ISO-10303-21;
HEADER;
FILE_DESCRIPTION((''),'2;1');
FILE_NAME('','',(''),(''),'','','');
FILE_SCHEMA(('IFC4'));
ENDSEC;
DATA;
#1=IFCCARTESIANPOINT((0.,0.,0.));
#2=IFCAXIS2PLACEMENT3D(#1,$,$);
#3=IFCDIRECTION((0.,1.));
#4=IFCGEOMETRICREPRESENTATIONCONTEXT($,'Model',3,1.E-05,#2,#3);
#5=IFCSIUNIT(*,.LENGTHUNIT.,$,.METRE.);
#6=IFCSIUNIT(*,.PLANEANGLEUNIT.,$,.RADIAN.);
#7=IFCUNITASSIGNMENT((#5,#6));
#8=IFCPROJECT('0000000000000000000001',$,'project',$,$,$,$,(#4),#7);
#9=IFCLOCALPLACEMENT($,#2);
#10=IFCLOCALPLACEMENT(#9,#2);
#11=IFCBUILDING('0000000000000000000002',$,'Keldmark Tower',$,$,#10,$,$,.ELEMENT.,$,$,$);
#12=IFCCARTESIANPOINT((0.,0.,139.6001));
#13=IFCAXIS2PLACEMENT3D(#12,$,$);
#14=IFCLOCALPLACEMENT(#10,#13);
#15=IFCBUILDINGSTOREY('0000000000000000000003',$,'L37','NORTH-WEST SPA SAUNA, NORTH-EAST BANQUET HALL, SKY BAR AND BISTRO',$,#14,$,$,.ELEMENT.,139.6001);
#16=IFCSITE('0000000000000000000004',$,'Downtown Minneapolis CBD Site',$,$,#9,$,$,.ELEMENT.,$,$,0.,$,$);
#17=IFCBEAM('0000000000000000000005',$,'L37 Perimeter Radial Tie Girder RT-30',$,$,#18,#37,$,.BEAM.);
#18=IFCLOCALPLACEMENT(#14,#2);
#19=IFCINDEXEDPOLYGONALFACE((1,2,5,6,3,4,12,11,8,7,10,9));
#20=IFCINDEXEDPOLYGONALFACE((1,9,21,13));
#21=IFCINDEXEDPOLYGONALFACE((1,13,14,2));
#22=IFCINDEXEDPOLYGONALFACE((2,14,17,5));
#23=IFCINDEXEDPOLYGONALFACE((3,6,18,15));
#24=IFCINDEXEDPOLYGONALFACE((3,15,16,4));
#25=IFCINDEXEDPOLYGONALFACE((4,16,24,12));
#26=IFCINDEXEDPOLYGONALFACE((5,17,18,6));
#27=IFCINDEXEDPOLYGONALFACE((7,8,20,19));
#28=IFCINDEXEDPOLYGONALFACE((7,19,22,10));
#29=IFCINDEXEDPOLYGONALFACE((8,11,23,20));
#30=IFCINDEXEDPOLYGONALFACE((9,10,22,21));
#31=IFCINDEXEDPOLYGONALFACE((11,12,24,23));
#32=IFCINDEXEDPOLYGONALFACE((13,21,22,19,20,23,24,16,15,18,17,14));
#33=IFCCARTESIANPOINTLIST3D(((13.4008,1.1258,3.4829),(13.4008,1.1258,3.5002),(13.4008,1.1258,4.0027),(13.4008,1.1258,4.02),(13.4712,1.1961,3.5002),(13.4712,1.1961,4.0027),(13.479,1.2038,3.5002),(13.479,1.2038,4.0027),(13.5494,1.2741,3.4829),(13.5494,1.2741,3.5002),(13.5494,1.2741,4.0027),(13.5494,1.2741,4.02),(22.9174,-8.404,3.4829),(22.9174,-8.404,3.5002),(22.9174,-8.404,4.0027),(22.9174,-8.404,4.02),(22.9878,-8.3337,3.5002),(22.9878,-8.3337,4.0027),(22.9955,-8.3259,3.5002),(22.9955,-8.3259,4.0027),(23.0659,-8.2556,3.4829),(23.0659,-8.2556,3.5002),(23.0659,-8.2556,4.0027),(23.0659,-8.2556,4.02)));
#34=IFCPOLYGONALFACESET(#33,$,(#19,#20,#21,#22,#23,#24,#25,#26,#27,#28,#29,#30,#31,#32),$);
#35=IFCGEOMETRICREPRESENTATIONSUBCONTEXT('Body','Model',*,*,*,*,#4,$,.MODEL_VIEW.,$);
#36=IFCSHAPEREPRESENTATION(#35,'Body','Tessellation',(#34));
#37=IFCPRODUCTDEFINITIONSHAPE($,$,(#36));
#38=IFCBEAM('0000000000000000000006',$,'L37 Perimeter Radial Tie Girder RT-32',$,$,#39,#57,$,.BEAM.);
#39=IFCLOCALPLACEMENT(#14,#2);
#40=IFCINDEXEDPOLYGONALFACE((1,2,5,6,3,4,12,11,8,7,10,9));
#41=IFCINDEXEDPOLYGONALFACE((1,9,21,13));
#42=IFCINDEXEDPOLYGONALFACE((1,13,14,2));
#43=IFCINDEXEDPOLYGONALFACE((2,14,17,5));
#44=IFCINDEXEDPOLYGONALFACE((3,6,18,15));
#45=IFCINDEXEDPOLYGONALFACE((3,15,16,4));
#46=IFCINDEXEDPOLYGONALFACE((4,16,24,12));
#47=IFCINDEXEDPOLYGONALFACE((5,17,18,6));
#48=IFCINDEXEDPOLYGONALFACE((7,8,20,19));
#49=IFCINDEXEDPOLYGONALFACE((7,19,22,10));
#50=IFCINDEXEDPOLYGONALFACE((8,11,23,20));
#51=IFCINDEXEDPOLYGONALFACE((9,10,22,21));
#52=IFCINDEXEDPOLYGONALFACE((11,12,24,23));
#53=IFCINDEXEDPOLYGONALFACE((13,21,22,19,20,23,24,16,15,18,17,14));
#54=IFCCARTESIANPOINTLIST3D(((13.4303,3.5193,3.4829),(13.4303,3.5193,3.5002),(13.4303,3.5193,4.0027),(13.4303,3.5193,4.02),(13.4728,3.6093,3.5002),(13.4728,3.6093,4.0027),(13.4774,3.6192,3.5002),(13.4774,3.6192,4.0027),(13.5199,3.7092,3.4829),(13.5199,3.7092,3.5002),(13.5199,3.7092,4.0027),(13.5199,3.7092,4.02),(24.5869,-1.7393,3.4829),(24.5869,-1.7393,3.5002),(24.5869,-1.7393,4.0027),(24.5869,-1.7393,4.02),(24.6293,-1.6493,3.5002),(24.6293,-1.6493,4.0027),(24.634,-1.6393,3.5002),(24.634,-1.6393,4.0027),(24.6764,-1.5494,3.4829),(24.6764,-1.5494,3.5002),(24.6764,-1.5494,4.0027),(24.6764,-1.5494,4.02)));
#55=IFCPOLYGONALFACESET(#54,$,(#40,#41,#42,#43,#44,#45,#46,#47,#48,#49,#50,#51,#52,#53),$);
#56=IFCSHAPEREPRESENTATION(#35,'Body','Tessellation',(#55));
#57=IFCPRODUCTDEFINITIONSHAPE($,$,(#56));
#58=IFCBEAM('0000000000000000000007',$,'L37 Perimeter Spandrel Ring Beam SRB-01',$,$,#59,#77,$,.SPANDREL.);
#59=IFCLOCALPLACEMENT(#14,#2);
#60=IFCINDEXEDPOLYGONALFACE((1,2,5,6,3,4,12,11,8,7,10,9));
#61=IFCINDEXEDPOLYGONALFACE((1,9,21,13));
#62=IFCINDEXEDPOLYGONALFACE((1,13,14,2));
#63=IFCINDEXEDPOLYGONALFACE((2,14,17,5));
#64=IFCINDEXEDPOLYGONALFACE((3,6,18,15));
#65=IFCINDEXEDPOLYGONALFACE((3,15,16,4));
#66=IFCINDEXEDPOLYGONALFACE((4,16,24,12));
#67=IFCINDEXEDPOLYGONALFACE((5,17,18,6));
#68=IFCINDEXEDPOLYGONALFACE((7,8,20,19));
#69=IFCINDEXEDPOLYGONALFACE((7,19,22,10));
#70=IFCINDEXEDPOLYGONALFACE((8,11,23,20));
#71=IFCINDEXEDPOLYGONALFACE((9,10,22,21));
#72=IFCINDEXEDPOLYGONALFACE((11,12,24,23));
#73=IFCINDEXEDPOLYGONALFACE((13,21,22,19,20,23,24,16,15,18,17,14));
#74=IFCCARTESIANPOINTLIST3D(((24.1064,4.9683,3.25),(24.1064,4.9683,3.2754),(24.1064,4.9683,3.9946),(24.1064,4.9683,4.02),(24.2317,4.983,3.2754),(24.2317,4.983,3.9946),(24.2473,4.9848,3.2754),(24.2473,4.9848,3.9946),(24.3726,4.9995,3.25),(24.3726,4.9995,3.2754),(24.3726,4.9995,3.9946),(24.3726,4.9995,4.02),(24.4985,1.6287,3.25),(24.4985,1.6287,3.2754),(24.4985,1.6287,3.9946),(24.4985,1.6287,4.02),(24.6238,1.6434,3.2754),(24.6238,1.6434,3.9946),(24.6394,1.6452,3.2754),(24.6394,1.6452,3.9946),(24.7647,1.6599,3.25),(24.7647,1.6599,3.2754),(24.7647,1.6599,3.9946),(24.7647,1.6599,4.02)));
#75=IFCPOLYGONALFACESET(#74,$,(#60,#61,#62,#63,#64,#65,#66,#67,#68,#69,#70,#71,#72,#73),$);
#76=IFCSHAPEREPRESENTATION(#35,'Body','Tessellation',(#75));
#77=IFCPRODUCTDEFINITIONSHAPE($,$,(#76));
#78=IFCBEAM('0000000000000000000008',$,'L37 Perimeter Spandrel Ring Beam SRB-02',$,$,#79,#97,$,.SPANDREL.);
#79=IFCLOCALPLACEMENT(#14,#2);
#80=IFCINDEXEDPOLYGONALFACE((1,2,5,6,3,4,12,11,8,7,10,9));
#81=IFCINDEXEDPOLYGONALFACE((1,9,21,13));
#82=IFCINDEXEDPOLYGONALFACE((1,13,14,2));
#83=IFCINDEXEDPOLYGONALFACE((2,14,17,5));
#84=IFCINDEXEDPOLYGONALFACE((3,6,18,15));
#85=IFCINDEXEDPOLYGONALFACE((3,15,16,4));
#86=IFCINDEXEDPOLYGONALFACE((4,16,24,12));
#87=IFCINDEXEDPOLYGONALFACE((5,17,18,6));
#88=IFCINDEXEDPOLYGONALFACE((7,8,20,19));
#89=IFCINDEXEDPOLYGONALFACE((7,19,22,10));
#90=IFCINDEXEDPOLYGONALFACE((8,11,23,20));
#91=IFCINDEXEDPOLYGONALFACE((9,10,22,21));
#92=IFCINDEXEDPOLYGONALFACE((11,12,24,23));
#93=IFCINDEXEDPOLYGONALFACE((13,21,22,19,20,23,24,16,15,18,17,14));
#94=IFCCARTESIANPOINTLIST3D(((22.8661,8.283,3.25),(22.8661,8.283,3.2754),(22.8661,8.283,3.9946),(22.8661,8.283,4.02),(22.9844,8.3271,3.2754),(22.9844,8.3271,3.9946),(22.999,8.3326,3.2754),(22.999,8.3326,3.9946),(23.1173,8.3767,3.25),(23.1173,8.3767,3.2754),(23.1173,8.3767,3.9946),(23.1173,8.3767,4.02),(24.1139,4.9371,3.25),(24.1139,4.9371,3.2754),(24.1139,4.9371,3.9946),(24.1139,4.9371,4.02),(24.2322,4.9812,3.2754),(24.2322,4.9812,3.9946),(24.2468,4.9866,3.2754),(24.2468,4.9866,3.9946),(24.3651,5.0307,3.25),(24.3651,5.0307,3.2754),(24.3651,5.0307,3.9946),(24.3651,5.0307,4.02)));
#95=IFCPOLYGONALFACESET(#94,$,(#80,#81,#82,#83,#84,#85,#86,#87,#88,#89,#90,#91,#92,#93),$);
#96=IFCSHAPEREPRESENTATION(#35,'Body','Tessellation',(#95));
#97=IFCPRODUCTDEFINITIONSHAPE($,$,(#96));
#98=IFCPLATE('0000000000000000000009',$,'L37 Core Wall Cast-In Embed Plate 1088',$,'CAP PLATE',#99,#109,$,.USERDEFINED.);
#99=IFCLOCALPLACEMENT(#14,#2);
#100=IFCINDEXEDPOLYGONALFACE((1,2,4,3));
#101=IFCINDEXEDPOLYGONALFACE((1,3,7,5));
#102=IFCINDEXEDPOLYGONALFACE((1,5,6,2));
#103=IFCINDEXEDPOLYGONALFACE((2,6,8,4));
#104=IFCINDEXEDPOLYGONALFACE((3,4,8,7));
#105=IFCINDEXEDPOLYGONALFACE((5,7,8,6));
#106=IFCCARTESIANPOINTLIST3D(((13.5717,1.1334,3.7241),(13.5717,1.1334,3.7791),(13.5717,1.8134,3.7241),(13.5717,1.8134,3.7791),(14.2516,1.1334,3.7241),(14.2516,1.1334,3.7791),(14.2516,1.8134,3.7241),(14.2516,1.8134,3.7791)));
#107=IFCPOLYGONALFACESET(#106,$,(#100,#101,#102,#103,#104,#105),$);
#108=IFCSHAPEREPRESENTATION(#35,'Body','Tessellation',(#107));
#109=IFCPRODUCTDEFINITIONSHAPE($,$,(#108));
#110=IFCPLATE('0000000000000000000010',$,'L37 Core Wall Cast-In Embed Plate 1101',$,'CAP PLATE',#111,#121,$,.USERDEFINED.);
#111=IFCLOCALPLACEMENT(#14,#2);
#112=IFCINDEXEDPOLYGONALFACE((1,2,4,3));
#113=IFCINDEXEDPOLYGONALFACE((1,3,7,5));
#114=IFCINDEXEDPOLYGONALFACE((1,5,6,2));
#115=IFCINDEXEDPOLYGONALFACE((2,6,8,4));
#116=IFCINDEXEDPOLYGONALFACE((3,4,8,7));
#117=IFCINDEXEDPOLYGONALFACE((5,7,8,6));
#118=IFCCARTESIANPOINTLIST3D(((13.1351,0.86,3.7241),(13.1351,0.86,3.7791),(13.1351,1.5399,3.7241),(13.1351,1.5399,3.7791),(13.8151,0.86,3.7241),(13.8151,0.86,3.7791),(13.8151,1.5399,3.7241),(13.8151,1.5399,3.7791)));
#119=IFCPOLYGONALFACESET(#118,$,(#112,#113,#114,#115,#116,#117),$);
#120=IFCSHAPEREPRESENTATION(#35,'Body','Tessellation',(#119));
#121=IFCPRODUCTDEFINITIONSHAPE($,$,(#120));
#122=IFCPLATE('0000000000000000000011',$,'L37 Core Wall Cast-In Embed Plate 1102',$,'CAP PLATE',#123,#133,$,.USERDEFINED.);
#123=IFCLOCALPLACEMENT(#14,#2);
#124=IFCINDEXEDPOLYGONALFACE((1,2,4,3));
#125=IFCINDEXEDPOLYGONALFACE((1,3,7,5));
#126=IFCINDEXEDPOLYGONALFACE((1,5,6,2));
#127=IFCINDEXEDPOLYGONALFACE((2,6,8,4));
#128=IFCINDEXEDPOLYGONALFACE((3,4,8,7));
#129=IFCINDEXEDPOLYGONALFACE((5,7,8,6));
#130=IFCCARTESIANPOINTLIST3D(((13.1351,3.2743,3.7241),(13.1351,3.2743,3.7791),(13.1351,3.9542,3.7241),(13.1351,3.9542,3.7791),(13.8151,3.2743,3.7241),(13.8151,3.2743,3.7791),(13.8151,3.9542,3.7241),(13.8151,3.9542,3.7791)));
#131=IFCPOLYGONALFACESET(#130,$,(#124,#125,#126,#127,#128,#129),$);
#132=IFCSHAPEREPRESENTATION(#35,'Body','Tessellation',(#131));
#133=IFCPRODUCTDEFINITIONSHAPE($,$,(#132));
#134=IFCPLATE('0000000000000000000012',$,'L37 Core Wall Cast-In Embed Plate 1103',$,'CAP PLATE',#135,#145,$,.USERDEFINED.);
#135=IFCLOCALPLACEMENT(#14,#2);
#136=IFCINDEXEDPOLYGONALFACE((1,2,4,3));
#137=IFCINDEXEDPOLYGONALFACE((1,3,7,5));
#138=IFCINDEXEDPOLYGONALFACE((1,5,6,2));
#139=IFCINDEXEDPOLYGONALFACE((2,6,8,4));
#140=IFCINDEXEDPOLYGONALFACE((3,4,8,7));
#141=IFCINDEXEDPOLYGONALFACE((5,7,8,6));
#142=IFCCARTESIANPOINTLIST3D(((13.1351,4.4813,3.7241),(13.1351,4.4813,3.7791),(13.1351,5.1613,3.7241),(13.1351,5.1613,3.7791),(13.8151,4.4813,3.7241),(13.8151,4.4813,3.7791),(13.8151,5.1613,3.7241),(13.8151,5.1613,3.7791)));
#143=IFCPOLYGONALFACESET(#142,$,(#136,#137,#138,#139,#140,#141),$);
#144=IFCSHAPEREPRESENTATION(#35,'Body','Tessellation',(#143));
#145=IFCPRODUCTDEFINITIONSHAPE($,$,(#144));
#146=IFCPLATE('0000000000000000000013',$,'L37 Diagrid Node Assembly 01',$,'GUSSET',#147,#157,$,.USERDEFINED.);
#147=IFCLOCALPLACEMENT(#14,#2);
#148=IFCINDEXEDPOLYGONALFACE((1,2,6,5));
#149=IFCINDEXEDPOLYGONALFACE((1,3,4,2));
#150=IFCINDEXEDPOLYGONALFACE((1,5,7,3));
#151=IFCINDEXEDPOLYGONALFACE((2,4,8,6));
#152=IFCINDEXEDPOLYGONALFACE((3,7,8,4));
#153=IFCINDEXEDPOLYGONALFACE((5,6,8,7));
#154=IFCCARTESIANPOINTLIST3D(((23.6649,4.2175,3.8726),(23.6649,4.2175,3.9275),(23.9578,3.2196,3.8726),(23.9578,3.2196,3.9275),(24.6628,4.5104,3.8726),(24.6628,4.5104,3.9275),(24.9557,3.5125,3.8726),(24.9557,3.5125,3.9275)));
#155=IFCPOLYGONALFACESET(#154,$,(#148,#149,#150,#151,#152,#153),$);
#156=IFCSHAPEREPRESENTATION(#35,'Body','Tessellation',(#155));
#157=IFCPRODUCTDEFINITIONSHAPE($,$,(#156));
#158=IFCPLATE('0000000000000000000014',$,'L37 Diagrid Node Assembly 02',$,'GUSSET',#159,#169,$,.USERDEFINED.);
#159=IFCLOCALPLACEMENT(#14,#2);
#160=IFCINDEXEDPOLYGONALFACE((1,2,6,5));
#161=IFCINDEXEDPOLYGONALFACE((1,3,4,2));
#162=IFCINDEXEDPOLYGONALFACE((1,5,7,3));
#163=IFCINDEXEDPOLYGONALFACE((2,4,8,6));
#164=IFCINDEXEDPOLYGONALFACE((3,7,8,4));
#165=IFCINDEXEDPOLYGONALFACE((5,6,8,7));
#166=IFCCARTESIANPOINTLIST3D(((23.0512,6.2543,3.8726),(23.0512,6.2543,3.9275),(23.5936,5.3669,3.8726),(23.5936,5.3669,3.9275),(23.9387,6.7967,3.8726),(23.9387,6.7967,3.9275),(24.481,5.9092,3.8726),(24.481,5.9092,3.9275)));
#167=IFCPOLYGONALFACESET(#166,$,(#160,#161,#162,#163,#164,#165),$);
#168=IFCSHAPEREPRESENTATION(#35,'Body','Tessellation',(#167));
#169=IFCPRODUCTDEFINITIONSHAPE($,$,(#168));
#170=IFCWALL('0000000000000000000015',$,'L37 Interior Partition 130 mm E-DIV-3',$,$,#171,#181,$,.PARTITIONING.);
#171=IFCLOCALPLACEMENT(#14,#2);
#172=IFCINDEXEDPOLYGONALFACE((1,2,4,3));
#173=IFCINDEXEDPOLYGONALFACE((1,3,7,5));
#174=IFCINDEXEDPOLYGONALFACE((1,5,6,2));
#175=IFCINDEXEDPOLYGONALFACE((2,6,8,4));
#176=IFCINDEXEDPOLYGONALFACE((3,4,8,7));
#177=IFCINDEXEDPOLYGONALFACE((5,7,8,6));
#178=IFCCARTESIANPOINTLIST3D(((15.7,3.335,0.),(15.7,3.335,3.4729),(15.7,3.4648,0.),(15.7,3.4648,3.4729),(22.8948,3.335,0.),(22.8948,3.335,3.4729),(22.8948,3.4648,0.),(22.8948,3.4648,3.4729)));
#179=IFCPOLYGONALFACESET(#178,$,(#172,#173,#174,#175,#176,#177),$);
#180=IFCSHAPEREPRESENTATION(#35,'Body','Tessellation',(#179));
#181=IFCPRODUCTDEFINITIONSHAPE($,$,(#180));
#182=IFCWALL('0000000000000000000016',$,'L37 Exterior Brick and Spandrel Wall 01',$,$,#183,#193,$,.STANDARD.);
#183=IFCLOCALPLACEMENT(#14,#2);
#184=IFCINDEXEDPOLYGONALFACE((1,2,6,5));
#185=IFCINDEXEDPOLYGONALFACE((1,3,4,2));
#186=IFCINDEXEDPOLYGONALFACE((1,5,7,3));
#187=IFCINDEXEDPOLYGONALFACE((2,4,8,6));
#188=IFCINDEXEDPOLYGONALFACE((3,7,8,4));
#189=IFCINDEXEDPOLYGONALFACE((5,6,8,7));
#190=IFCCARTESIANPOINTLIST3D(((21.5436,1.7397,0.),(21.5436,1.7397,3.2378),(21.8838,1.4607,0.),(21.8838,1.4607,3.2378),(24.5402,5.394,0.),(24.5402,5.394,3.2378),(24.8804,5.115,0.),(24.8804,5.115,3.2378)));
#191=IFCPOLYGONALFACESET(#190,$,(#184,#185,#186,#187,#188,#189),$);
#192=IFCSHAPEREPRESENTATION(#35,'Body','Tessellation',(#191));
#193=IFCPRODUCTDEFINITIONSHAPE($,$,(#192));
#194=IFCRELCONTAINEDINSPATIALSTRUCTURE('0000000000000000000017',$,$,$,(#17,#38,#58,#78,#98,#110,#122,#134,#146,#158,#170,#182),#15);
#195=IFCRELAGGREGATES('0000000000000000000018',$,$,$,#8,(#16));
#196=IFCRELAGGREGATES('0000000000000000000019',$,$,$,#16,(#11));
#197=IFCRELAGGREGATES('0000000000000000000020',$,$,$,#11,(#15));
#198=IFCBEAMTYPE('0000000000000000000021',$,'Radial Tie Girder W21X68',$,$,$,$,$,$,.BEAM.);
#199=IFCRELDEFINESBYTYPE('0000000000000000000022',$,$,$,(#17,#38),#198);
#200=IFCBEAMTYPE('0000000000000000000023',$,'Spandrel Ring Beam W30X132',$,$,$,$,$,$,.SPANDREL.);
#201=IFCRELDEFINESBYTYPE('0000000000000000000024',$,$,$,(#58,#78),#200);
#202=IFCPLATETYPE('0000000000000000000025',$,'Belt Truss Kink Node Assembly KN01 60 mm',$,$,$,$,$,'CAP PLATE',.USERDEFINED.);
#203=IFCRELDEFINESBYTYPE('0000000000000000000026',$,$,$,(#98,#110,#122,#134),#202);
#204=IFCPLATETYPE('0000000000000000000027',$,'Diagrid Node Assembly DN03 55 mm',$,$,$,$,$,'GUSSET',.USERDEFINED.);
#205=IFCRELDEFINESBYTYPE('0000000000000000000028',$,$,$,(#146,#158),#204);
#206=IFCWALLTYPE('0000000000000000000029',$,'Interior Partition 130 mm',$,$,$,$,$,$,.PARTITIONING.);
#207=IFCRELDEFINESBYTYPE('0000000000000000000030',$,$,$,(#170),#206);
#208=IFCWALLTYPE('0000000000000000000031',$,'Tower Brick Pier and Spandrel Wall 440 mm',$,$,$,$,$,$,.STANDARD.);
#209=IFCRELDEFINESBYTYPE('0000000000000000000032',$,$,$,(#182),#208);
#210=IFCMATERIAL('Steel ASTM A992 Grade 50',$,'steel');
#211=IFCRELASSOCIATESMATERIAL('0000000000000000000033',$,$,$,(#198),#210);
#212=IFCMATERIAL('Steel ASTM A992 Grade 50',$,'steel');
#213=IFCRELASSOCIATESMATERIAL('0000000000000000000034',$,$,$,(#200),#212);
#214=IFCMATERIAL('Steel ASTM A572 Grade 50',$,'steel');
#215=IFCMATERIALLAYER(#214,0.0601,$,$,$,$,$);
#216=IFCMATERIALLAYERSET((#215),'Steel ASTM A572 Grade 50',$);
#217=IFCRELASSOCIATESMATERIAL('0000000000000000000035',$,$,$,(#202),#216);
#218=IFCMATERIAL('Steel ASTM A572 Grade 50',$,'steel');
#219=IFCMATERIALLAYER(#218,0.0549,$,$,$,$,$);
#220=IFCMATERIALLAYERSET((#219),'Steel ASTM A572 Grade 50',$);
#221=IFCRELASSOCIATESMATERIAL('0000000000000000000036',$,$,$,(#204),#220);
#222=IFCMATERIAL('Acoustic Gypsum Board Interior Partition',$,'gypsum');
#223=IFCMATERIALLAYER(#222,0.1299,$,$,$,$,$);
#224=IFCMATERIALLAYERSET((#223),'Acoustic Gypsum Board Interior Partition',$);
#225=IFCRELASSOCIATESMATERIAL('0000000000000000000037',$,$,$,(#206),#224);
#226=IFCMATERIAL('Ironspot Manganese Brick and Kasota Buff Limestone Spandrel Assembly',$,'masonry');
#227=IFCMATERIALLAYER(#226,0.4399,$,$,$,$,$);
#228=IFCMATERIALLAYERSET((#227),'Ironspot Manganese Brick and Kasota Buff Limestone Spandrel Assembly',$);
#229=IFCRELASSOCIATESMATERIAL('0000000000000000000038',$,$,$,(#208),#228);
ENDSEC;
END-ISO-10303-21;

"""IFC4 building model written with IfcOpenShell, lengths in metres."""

from ifc_helpers import new_model, si_unit, direction, frame, frame_2d, origin, origin_2d, place, context, subcontext, project, spatial, rectangle, i_section, extrude, material, layer, layer_set, material_profile, profile_set, type_object, element, save


model = new_model("IFC4")

# Units and contexts
model_context = context("Model", 3, precision=1e-05, world=origin(), true_north=direction((0.0, 1.0)))
body_context = subcontext(model_context, "Body", "Model", "MODEL_VIEW")
ifc_project = project(units=[si_unit("LENGTHUNIT", "METRE"), si_unit("PLANEANGLEUNIT", "RADIAN")], contexts=[model_context])

# Site, building, storey
site_placement = place(None, origin())
site = spatial("IfcSite", under=ifc_project, at=site_placement, Name="Downtown Minneapolis CBD Site", CompositionType="ELEMENT", RefElevation=0.0)
building_placement = place(site_placement, origin())
building = spatial("IfcBuilding", under=site, at=building_placement, Name="Keldmark Tower", CompositionType="ELEMENT")
storey_placement = place(building_placement, frame((0.0, 0.0, 139.6001)))
storey = spatial("IfcBuildingStorey", under=building, at=storey_placement, Name="L37", Description="NORTH-WEST SPA SAUNA, NORTH-EAST BANQUET HALL, SKY BAR AND BISTRO", CompositionType="ELEMENT", Elevation=139.6001)

# Beams
ifc_material_1 = material(Name="Steel ASTM A992 Grade 50", Category="steel")
ifc_material_profile_1 = material_profile(ifc_material_1, i_section(OverallWidth=0.21, OverallDepth=0.5371, WebThickness=0.011, FlangeThickness=0.0173, at=origin_2d()), Name="W21X68")
ifc_profile_set_1 = profile_set([ifc_material_profile_1], Name="Steel ASTM A992 Grade 50")
beam_type_1 = type_object("IfcBeamType", Name="Radial Tie Girder W21X68", PredefinedType="BEAM", material=ifc_profile_set_1)
beam_1_placement = place(storey_placement, frame((13.4751, 1.2, 3.7515), z_axis=(0.706617, -0.707596, 0.0), x_axis=(0.707596, 0.706617, 0.0)))
element("IfcBeam", 1, at=beam_1_placement, inside=storey, type_object=beam_type_1, Name="L37 Perimeter Radial Tie Girder RT-30", PredefinedType="BEAM", context=body_context, shape_type="SweptSolid", body=[
    extrude(i_section(OverallWidth=0.21, OverallDepth=0.5371, WebThickness=0.011, FlangeThickness=0.0173, at=origin_2d()), origin(), (0.0, 0.0, 1.0), 13.4678),
])
beam_2_placement = place(storey_placement, frame((13.4751, 3.6143, 3.7515), z_axis=(0.904555, -0.426357, 0.0), x_axis=(0.426357, 0.904555, 0.0)))
element("IfcBeam", 2, at=beam_2_placement, inside=storey, type_object=beam_type_1, Name="L37 Perimeter Radial Tie Girder RT-32", PredefinedType="BEAM", context=body_context, shape_type="SweptSolid", body=[
    extrude(i_section(OverallWidth=0.21, OverallDepth=0.5371, WebThickness=0.011, FlangeThickness=0.0173, at=origin_2d()), origin(), (0.0, 0.0, 1.0), 12.3337),
])
ifc_material_2 = material(Name="Steel ASTM A992 Grade 50", Category="steel")
ifc_material_profile_2 = material_profile(ifc_material_2, i_section(OverallWidth=0.2681, OverallDepth=0.77, WebThickness=0.0156, FlangeThickness=0.0254, at=origin_2d()), Name="W30X132")
ifc_profile_set_2 = profile_set([ifc_material_profile_2], Name="Steel ASTM A992 Grade 50")
beam_type_2 = type_object("IfcBeamType", Name="Spandrel Ring Beam W30X132", PredefinedType="SPANDREL", material=ifc_profile_set_2)
beam_3_placement = place(storey_placement, frame((24.6316, 1.6443, 3.635), z_axis=(-0.116605, 0.993178, 0.0), x_axis=(-0.993178, -0.116605, 0.0)))
element("IfcBeam", 3, at=beam_3_placement, inside=storey, type_object=beam_type_2, Name="L37 Perimeter Spandrel Ring Beam SRB-01", PredefinedType="SPANDREL", context=body_context, shape_type="SweptSolid", body=[
    extrude(i_section(OverallWidth=0.2681, OverallDepth=0.77, WebThickness=0.0156, FlangeThickness=0.0254, at=origin_2d()), origin(), (0.0, 0.0, 1.0), 3.3625),
])
beam_4_placement = place(storey_placement, frame((24.2395, 4.9839, 3.635), z_axis=(-0.349422, 0.936965, 0.0), x_axis=(-0.936965, -0.349422, 0.0)))
element("IfcBeam", 4, at=beam_4_placement, inside=storey, type_object=beam_type_2, Name="L37 Perimeter Spandrel Ring Beam SRB-02", PredefinedType="SPANDREL", context=body_context, shape_type="SweptSolid", body=[
    extrude(i_section(OverallWidth=0.2681, OverallDepth=0.77, WebThickness=0.0156, FlangeThickness=0.0254, at=origin_2d()), origin(), (0.0, 0.0, 1.0), 3.571),
])

# Plates
ifc_material_3 = material(Name="Steel ASTM A572 Grade 50", Category="steel")
ifc_layer_1 = layer(ifc_material_3, 0.0601)
ifc_layer_set_1 = layer_set([ifc_layer_1], Name="Steel ASTM A572 Grade 50")
plate_type_1 = type_object("IfcPlateType", Name="Belt Truss Kink Node Assembly KN01 60 mm", ElementType="CAP PLATE", PredefinedType="USERDEFINED", material=ifc_layer_set_1)
for number, where, z_axis, x_axis, name in (
    (5, (13.9116, 1.4734, 3.7241), (0.0, 0.0, 1.0), (1.0, 0.0, 0.0), "L37 Core Wall Cast-In Embed Plate 1088"),
    (6, (13.4751, 1.2, 3.7241), (0.0, 0.0, 1.0), (1.0, 0.0, 0.0), "L37 Core Wall Cast-In Embed Plate 1101"),
    (7, (13.4751, 3.6143, 3.7241), (0.0, 0.0, 1.0), (1.0, 0.0, 0.0), "L37 Core Wall Cast-In Embed Plate 1102"),
    (8, (13.4751, 4.8213, 3.7241), (0.0, 0.0, 1.0), (1.0, 0.0, 0.0), "L37 Core Wall Cast-In Embed Plate 1103"),
):
    element("IfcPlate", number, at=place(storey_placement, frame(where, z_axis=z_axis, x_axis=x_axis)), inside=storey, type_object=plate_type_1, Name=name, ObjectType="CAP PLATE", PredefinedType="USERDEFINED", context=body_context, shape_type="SweptSolid", body=[
        extrude(rectangle(XDim=0.6799, YDim=0.6799, at=origin_2d()), origin(), (0.0, 0.0, 1.0), 0.0549),
    ])
ifc_material_4 = material(Name="Steel ASTM A572 Grade 50", Category="steel")
ifc_layer_2 = layer(ifc_material_4, 0.0549)
ifc_layer_set_2 = layer_set([ifc_layer_2], Name="Steel ASTM A572 Grade 50")
plate_type_2 = type_object("IfcPlateType", Name="Diagrid Node Assembly DN03 55 mm", ElementType="GUSSET", PredefinedType="USERDEFINED", material=ifc_layer_set_2)
for number, where, z_axis, x_axis, name in (
    (9, (24.3103, 3.865, 3.8726), (0.0, 0.0, 1.0), (-0.281672, 0.959511, 0.0), "L37 Diagrid Node Assembly 01"),
    (10, (23.7661, 6.0818, 3.8726), (0.0, 0.0, 1.0), (-0.521456, 0.853278, 0.0), "L37 Diagrid Node Assembly 02"),
):
    element("IfcPlate", number, at=place(storey_placement, frame(where, z_axis=z_axis, x_axis=x_axis)), inside=storey, type_object=plate_type_2, Name=name, ObjectType="GUSSET", PredefinedType="USERDEFINED", context=body_context, shape_type="SweptSolid", body=[
        extrude(rectangle(XDim=1.04, YDim=1.04, at=origin_2d()), origin(), (0.0, 0.0, 1.0), 0.0549),
    ])

# Walls
ifc_material_5 = material(Name="Acoustic Gypsum Board Interior Partition", Category="gypsum")
ifc_layer_3 = layer(ifc_material_5, 0.1299)
ifc_layer_set_3 = layer_set([ifc_layer_3], Name="Acoustic Gypsum Board Interior Partition")
wall_type_1 = type_object("IfcWallType", Name="Interior Partition 130 mm", PredefinedType="PARTITIONING", material=ifc_layer_set_3)
wall_1_placement = place(storey_placement, frame((15.7, 3.3999, 0.0), z_axis=(0.0, 0.0, 1.0), x_axis=(1.0, 0.0, 0.0)))
element("IfcWall", 11, at=wall_1_placement, inside=storey, type_object=wall_type_1, Name="L37 Interior Partition 130 mm E-DIV-3", PredefinedType="PARTITIONING", context=body_context, shape_type="SweptSolid", body=[
    extrude(rectangle(XDim=7.1948, YDim=0.1299, at=frame_2d((3.5974, 0.0))), origin(), (0.0, 0.0, 1.0), 3.4729),
])
ifc_material_6 = material(Name="Ironspot Manganese Brick and Kasota Buff Limestone Spandrel Assembly", Category="masonry")
ifc_layer_4 = layer(ifc_material_6, 0.4399)
ifc_layer_set_4 = layer_set([ifc_layer_4], Name="Ironspot Manganese Brick and Kasota Buff Limestone Spandrel Assembly")
wall_type_2 = type_object("IfcWallType", Name="Tower Brick Pier and Spandrel Wall 440 mm", PredefinedType="STANDARD", material=ifc_layer_set_4)
wall_2_placement = place(storey_placement, frame((24.7102, 5.2544, 0.0), z_axis=(0.0, 0.0, 1.0), x_axis=(-0.634087, -0.773262, 0.0)))
element("IfcWall", 12, at=wall_2_placement, inside=storey, type_object=wall_type_2, Name="L37 Exterior Brick and Spandrel Wall 01", PredefinedType="STANDARD", context=body_context, shape_type="SweptSolid", body=[
    extrude(rectangle(XDim=4.7258, YDim=0.4399, at=frame_2d((2.3628, 0.0))), origin(), (0.0, 0.0, 1.0), 3.2378),
])

save(model, "model.ifc")
